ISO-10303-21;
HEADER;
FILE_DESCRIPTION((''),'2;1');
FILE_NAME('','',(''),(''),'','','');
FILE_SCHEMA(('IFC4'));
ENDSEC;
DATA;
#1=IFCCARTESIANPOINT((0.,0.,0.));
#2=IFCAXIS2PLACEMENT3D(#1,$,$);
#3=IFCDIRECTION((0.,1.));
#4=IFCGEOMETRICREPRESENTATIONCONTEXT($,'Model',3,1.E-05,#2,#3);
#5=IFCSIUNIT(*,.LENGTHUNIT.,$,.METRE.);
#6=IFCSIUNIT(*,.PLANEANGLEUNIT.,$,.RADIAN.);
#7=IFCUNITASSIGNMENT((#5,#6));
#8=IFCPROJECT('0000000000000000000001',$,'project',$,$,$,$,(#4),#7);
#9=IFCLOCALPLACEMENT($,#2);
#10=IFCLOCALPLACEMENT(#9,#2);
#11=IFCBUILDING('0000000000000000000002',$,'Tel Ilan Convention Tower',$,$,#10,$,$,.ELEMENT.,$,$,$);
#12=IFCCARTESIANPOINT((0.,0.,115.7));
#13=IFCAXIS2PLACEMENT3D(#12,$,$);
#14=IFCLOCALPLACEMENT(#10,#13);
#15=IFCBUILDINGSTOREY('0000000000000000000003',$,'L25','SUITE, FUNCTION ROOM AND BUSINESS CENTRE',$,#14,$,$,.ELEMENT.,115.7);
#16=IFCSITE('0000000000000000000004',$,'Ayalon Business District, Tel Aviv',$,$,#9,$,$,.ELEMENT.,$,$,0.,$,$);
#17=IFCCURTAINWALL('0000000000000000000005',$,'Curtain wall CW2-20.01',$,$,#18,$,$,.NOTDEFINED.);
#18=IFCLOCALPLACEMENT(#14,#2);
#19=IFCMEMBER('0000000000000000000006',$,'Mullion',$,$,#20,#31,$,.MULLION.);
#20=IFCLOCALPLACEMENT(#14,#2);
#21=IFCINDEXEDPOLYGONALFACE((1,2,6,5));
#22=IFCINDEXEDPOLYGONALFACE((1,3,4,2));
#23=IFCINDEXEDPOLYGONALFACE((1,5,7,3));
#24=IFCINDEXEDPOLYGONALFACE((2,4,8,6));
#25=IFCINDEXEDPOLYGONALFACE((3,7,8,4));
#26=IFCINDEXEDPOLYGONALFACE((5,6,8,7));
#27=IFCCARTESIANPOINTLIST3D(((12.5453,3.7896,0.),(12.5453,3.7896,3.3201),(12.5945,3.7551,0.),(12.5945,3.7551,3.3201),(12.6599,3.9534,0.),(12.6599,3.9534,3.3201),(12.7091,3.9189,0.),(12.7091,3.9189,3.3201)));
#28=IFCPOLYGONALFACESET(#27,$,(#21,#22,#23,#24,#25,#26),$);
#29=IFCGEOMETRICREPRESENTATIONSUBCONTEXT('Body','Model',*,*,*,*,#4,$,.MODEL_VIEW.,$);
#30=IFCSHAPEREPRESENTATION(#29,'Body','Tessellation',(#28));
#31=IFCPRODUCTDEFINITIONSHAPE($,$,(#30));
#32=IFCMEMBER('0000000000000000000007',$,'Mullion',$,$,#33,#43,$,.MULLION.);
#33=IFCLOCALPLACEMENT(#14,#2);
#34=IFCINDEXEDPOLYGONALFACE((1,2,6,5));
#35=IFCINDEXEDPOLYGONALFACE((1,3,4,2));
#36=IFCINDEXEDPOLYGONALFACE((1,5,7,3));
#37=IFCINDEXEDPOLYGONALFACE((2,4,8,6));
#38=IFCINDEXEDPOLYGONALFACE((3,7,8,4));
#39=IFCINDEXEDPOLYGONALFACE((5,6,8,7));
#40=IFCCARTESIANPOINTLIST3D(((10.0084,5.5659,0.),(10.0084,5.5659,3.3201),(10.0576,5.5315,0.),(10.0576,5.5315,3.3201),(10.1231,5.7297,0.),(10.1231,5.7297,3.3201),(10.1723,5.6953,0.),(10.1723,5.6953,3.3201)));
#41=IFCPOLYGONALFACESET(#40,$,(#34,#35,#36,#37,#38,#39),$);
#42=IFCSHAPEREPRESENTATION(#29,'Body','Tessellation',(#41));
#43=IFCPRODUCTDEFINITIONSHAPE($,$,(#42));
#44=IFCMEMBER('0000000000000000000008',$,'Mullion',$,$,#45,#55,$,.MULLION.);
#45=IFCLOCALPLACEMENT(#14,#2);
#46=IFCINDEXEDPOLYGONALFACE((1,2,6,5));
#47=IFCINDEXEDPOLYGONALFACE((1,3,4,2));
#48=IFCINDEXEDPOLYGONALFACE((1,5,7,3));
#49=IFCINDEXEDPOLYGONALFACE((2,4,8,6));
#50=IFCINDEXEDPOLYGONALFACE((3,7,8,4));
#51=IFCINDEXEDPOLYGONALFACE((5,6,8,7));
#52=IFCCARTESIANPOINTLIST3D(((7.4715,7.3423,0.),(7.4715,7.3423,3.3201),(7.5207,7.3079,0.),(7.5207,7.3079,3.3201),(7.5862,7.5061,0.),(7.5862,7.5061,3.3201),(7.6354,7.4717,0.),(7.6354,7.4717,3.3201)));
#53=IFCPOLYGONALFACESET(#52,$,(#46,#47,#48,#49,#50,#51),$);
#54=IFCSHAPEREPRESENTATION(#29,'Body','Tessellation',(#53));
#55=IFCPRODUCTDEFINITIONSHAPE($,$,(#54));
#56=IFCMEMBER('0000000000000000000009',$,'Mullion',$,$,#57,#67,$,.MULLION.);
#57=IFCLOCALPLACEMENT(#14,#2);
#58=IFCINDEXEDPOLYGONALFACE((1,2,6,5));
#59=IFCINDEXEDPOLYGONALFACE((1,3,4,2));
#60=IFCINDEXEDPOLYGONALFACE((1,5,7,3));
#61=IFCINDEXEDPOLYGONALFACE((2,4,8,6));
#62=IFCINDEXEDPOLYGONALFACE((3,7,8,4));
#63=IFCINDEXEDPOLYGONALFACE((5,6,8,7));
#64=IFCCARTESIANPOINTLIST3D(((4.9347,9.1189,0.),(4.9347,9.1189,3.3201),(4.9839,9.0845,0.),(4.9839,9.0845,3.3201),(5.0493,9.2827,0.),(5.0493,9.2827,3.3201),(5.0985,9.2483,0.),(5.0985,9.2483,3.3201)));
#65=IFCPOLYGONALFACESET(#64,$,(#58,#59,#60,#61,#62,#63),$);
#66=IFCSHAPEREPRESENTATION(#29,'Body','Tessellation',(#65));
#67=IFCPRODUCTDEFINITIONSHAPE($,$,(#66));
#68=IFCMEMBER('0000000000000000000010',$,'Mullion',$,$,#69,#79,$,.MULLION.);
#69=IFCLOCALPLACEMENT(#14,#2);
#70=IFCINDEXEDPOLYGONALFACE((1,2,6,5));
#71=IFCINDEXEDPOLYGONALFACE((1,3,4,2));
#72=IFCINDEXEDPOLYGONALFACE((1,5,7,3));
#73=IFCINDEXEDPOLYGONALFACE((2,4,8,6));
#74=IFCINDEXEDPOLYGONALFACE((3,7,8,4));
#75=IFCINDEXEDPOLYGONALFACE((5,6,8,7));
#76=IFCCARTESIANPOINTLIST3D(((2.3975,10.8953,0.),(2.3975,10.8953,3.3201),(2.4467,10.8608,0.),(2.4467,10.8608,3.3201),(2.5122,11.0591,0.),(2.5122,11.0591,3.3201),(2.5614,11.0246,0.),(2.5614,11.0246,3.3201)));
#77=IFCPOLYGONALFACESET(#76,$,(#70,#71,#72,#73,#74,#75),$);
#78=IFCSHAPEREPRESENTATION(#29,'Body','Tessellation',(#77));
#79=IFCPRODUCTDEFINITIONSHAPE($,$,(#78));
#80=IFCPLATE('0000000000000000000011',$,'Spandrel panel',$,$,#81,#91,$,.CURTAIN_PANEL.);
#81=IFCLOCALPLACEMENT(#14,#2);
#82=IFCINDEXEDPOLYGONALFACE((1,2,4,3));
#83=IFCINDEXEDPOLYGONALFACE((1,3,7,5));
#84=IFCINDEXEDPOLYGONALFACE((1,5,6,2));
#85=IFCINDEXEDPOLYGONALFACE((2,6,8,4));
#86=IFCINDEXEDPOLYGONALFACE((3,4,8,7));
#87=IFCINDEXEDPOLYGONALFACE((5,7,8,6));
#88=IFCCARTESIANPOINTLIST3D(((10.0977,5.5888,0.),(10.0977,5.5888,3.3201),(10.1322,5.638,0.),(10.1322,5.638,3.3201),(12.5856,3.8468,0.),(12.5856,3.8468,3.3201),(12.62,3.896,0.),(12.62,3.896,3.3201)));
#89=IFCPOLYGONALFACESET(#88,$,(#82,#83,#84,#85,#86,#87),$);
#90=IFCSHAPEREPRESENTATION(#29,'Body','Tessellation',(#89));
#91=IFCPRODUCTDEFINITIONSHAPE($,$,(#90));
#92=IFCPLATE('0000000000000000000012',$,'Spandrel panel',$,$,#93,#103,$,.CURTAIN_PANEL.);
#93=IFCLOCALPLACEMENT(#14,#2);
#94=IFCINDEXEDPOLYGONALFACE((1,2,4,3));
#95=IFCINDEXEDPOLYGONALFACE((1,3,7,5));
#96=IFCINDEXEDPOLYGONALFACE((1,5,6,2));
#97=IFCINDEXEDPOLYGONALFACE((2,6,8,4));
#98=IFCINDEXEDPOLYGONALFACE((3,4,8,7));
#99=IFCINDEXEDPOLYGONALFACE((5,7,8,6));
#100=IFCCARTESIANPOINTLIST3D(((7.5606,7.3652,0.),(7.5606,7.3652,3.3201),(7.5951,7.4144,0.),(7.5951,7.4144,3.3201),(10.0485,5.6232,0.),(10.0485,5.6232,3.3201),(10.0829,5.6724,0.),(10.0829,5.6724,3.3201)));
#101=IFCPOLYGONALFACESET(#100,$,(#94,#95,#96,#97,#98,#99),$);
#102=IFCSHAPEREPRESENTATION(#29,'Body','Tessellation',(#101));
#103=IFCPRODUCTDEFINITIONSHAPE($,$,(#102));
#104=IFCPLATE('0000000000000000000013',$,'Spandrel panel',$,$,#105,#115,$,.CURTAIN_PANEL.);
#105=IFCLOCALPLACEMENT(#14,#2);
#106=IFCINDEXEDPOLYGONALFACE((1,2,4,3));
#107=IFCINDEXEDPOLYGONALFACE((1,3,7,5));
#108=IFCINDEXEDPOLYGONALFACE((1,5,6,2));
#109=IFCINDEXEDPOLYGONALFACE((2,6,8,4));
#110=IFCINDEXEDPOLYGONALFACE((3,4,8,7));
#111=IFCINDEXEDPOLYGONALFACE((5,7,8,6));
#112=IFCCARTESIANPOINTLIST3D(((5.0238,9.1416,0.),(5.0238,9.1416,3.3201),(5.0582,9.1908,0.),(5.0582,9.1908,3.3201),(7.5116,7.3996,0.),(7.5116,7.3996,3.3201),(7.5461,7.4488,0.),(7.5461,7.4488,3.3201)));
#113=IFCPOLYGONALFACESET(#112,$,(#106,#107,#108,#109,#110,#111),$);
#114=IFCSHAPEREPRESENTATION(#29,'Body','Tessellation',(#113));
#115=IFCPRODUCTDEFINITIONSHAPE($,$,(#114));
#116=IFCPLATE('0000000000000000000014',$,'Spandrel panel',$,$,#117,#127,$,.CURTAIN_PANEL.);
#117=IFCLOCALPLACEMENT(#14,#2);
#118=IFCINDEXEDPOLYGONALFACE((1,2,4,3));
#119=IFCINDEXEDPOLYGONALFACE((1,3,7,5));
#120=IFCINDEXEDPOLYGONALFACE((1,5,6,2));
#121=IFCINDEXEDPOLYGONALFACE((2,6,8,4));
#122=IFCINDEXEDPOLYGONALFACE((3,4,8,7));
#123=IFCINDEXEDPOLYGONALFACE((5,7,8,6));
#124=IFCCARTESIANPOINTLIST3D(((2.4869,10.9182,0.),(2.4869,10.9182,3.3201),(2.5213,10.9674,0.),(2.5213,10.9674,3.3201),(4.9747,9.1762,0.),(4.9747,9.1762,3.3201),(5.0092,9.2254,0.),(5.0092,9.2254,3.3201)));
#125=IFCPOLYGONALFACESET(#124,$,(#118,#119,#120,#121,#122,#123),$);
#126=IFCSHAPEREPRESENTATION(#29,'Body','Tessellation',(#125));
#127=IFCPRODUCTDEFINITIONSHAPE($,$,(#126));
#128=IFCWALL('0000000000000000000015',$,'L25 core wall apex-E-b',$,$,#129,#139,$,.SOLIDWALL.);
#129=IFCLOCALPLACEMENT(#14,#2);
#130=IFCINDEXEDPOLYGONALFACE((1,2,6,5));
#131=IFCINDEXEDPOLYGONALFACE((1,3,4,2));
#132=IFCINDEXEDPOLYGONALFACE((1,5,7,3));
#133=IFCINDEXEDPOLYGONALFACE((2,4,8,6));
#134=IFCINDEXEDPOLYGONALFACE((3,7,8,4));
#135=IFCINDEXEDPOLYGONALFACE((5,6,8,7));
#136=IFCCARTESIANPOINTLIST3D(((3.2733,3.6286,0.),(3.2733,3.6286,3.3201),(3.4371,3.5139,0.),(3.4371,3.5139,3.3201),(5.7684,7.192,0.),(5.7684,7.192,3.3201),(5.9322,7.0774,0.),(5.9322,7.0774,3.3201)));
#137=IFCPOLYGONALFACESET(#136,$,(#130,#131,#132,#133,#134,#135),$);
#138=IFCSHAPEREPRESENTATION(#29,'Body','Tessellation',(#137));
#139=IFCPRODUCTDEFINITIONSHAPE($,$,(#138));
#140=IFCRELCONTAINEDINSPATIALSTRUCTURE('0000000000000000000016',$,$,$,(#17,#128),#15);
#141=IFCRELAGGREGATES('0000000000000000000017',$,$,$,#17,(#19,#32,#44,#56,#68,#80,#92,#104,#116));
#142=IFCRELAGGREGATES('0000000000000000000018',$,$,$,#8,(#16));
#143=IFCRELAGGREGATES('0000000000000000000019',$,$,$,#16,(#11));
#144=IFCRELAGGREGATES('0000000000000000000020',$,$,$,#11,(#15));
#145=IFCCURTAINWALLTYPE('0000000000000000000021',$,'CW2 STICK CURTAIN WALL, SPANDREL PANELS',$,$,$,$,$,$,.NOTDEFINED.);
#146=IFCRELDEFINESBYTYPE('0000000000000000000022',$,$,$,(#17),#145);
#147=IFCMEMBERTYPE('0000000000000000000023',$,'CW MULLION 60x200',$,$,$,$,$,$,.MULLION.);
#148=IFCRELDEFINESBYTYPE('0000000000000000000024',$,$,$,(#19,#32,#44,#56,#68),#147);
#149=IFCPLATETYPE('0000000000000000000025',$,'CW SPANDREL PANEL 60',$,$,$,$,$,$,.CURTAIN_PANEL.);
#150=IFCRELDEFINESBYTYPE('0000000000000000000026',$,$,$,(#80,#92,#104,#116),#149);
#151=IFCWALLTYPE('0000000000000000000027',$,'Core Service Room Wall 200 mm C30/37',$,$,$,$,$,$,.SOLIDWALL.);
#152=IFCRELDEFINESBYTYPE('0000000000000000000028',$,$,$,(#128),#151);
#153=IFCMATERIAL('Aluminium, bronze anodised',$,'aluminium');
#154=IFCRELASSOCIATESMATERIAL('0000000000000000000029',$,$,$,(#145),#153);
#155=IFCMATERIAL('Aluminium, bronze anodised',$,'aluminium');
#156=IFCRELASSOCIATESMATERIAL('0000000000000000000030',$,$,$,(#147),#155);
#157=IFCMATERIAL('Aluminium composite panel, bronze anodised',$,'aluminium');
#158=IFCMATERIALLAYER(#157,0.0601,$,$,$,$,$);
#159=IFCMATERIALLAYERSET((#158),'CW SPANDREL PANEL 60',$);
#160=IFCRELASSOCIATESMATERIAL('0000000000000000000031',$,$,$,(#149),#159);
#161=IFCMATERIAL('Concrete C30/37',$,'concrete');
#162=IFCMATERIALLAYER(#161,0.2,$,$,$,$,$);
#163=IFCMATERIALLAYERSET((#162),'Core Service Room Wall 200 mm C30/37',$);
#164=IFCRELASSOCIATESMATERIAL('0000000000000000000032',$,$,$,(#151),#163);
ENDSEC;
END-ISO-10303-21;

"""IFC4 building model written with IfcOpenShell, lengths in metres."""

from ifc_helpers import new_model, si_unit, direction, frame, frame_2d, origin, origin_2d, place, context, subcontext, project, spatial, rectangle, extrude, material, layer, layer_set, material_profile, profile_set, type_object, element, aggregate, save


model = new_model("IFC4")

# Units and contexts
model_context = context("Model", 3, precision=1e-05, world=origin(), true_north=direction((0.0, 1.0)))
body_context = subcontext(model_context, "Body", "Model", "MODEL_VIEW")
ifc_project = project(units=[si_unit("LENGTHUNIT", "METRE"), si_unit("PLANEANGLEUNIT", "RADIAN")], contexts=[model_context])

# Site, building, storey
site_placement = place(None, origin())
site = spatial("IfcSite", under=ifc_project, at=site_placement, Name="Ayalon Business District, Tel Aviv", CompositionType="ELEMENT", RefElevation=0.0)
building_placement = place(site_placement, origin())
building = spatial("IfcBuilding", under=site, at=building_placement, Name="Tel Ilan Convention Tower", CompositionType="ELEMENT")
storey_placement = place(building_placement, frame((0.0, 0.0, 115.7)))
storey = spatial("IfcBuildingStorey", under=building, at=storey_placement, Name="L25", Description="SUITE, FUNCTION ROOM AND BUSINESS CENTRE", CompositionType="ELEMENT", Elevation=115.7)

# Curtain wall, members, plates
ifc_material_1 = material(Name="Aluminium, bronze anodised", Category="aluminium")
curtain_wall_type = type_object("IfcCurtainWallType", Name="CW2 STICK CURTAIN WALL, SPANDREL PANELS", PredefinedType="NOTDEFINED", material=ifc_material_1)
curtain_wall_placement = place(storey_placement, origin())
curtain_wall = element("IfcCurtainWall", 1, at=curtain_wall_placement, inside=storey, type_object=curtain_wall_type, Name="Curtain wall CW2-20.01", PredefinedType="NOTDEFINED")
ifc_material_2 = material(Name="Aluminium, bronze anodised", Category="aluminium")
ifc_material_profile = material_profile(ifc_material_2, rectangle(XDim=0.0601, YDim=0.2, at=origin_2d()), Name="CW MULLION 60x200")
ifc_profile_set = profile_set([ifc_material_profile], Name="Aluminium, bronze anodised")
member_type = type_object("IfcMemberType", Name="CW MULLION 60x200", PredefinedType="MULLION", material=ifc_profile_set)
member_1_placement = place(storey_placement, frame((12.6272, 3.8542, 0.0), z_axis=(0.0, 0.0, 1.0), x_axis=(-0.819152, 0.573576, 0.0)))
member_1 = element("IfcMember", 2, at=member_1_placement, type_object=member_type, Name="Mullion", PredefinedType="MULLION", context=body_context, shape_type="SweptSolid", body=[
    extrude(rectangle(XDim=0.0601, YDim=0.2, at=origin_2d()), origin(), (0.0, 0.0, 1.0), 3.3201),
])
member_2_placement = place(storey_placement, frame((10.0903, 5.6306, 0.0), z_axis=(0.0, 0.0, 1.0), x_axis=(-0.819152, 0.573576, 0.0)))
member_2 = element("IfcMember", 3, at=member_2_placement, type_object=member_type, Name="Mullion", PredefinedType="MULLION", context=body_context, shape_type="SweptSolid", body=[
    extrude(rectangle(XDim=0.0601, YDim=0.2, at=origin_2d()), origin(), (0.0, 0.0, 1.0), 3.3201),
])
member_3_placement = place(storey_placement, frame((7.5535, 7.407, 0.0), z_axis=(0.0, 0.0, 1.0), x_axis=(-0.819152, 0.573576, 0.0)))
member_3 = element("IfcMember", 4, at=member_3_placement, type_object=member_type, Name="Mullion", PredefinedType="MULLION", context=body_context, shape_type="SweptSolid", body=[
    extrude(rectangle(XDim=0.0601, YDim=0.2, at=origin_2d()), origin(), (0.0, 0.0, 1.0), 3.3201),
])
member_4_placement = place(storey_placement, frame((5.0166, 9.1836, 0.0), z_axis=(0.0, 0.0, 1.0), x_axis=(-0.819152, 0.573576, 0.0)))
member_4 = element("IfcMember", 5, at=member_4_placement, type_object=member_type, Name="Mullion", PredefinedType="MULLION", context=body_context, shape_type="SweptSolid", body=[
    extrude(rectangle(XDim=0.0601, YDim=0.2, at=origin_2d()), origin(), (0.0, 0.0, 1.0), 3.3201),
])
member_5_placement = place(storey_placement, frame((2.4795, 10.96, 0.0), z_axis=(0.0, 0.0, 1.0), x_axis=(-0.819152, 0.573576, 0.0)))
member_5 = element("IfcMember", 6, at=member_5_placement, type_object=member_type, Name="Mullion", PredefinedType="MULLION", context=body_context, shape_type="SweptSolid", body=[
    extrude(rectangle(XDim=0.0601, YDim=0.2, at=origin_2d()), origin(), (0.0, 0.0, 1.0), 3.3201),
])
ifc_material_3 = material(Name="Aluminium composite panel, bronze anodised", Category="aluminium")
ifc_layer_1 = layer(ifc_material_3, 0.0601)
ifc_layer_set_1 = layer_set([ifc_layer_1], Name="CW SPANDREL PANEL 60")
plate_type = type_object("IfcPlateType", Name="CW SPANDREL PANEL 60", PredefinedType="CURTAIN_PANEL", material=ifc_layer_set_1)
plate_1_placement = place(storey_placement, frame((11.3589, 4.7424, 0.0), z_axis=(0.0, 0.0, 1.0), x_axis=(-0.819152, 0.573576, 0.0)))
plate_1 = element("IfcPlate", 7, at=plate_1_placement, type_object=plate_type, Name="Spandrel panel", PredefinedType="CURTAIN_PANEL", context=body_context, shape_type="SweptSolid", body=[
    extrude(rectangle(XDim=3.0371, YDim=0.0601, at=origin_2d()), origin(), (0.0, 0.0, 1.0), 3.3201),
])
plate_2_placement = place(storey_placement, frame((8.8218, 6.5188, 0.0), z_axis=(0.0, 0.0, 1.0), x_axis=(-0.819152, 0.573576, 0.0)))
plate_2 = element("IfcPlate", 8, at=plate_2_placement, type_object=plate_type, Name="Spandrel panel", PredefinedType="CURTAIN_PANEL", context=body_context, shape_type="SweptSolid", body=[
    extrude(rectangle(XDim=3.0371, YDim=0.0601, at=origin_2d()), origin(), (0.0, 0.0, 1.0), 3.3201),
])
plate_3_placement = place(storey_placement, frame((6.2849, 8.2952, 0.0), z_axis=(0.0, 0.0, 1.0), x_axis=(-0.819152, 0.573576, 0.0)))
plate_3 = element("IfcPlate", 9, at=plate_3_placement, type_object=plate_type, Name="Spandrel panel", PredefinedType="CURTAIN_PANEL", context=body_context, shape_type="SweptSolid", body=[
    extrude(rectangle(XDim=3.0371, YDim=0.0601, at=origin_2d()), origin(), (0.0, 0.0, 1.0), 3.3201),
])
plate_4_placement = place(storey_placement, frame((3.748, 10.0718, 0.0), z_axis=(0.0, 0.0, 1.0), x_axis=(-0.819152, 0.573576, 0.0)))
plate_4 = element("IfcPlate", 10, at=plate_4_placement, type_object=plate_type, Name="Spandrel panel", PredefinedType="CURTAIN_PANEL", context=body_context, shape_type="SweptSolid", body=[
    extrude(rectangle(XDim=3.0371, YDim=0.0601, at=origin_2d()), origin(), (0.0, 0.0, 1.0), 3.3201),
])
aggregate(curtain_wall, [member_1, member_2, member_3, member_4, member_5, plate_1, plate_2, plate_3, plate_4])

# Wall
ifc_material_4 = material(Name="Concrete C30/37", Category="concrete")
ifc_layer_2 = layer(ifc_material_4, 0.2)
ifc_layer_set_2 = layer_set([ifc_layer_2], Name="Core Service Room Wall 200 mm C30/37")
wall_type_1 = type_object("IfcWallType", Name="Core Service Room Wall 200 mm C30/37", PredefinedType="SOLIDWALL", material=ifc_layer_set_2)
wall_1_placement = place(storey_placement, frame((3.3552, 3.5713, 0.0), z_axis=(0.0, 0.0, 1.0), x_axis=(0.573568, 0.819158, 0.0)))
element("IfcWall", 11, at=wall_1_placement, inside=storey, type_object=wall_type_1, Name="L25 core wall apex-E-b", PredefinedType="SOLIDWALL", context=body_context, shape_type="SweptSolid", body=[
    extrude(rectangle(XDim=4.3501, YDim=0.2, at=frame_2d((2.175, 0.0))), origin(), (0.0, 0.0, 1.0), 3.3201),
])

save(model, "model.ifc")
